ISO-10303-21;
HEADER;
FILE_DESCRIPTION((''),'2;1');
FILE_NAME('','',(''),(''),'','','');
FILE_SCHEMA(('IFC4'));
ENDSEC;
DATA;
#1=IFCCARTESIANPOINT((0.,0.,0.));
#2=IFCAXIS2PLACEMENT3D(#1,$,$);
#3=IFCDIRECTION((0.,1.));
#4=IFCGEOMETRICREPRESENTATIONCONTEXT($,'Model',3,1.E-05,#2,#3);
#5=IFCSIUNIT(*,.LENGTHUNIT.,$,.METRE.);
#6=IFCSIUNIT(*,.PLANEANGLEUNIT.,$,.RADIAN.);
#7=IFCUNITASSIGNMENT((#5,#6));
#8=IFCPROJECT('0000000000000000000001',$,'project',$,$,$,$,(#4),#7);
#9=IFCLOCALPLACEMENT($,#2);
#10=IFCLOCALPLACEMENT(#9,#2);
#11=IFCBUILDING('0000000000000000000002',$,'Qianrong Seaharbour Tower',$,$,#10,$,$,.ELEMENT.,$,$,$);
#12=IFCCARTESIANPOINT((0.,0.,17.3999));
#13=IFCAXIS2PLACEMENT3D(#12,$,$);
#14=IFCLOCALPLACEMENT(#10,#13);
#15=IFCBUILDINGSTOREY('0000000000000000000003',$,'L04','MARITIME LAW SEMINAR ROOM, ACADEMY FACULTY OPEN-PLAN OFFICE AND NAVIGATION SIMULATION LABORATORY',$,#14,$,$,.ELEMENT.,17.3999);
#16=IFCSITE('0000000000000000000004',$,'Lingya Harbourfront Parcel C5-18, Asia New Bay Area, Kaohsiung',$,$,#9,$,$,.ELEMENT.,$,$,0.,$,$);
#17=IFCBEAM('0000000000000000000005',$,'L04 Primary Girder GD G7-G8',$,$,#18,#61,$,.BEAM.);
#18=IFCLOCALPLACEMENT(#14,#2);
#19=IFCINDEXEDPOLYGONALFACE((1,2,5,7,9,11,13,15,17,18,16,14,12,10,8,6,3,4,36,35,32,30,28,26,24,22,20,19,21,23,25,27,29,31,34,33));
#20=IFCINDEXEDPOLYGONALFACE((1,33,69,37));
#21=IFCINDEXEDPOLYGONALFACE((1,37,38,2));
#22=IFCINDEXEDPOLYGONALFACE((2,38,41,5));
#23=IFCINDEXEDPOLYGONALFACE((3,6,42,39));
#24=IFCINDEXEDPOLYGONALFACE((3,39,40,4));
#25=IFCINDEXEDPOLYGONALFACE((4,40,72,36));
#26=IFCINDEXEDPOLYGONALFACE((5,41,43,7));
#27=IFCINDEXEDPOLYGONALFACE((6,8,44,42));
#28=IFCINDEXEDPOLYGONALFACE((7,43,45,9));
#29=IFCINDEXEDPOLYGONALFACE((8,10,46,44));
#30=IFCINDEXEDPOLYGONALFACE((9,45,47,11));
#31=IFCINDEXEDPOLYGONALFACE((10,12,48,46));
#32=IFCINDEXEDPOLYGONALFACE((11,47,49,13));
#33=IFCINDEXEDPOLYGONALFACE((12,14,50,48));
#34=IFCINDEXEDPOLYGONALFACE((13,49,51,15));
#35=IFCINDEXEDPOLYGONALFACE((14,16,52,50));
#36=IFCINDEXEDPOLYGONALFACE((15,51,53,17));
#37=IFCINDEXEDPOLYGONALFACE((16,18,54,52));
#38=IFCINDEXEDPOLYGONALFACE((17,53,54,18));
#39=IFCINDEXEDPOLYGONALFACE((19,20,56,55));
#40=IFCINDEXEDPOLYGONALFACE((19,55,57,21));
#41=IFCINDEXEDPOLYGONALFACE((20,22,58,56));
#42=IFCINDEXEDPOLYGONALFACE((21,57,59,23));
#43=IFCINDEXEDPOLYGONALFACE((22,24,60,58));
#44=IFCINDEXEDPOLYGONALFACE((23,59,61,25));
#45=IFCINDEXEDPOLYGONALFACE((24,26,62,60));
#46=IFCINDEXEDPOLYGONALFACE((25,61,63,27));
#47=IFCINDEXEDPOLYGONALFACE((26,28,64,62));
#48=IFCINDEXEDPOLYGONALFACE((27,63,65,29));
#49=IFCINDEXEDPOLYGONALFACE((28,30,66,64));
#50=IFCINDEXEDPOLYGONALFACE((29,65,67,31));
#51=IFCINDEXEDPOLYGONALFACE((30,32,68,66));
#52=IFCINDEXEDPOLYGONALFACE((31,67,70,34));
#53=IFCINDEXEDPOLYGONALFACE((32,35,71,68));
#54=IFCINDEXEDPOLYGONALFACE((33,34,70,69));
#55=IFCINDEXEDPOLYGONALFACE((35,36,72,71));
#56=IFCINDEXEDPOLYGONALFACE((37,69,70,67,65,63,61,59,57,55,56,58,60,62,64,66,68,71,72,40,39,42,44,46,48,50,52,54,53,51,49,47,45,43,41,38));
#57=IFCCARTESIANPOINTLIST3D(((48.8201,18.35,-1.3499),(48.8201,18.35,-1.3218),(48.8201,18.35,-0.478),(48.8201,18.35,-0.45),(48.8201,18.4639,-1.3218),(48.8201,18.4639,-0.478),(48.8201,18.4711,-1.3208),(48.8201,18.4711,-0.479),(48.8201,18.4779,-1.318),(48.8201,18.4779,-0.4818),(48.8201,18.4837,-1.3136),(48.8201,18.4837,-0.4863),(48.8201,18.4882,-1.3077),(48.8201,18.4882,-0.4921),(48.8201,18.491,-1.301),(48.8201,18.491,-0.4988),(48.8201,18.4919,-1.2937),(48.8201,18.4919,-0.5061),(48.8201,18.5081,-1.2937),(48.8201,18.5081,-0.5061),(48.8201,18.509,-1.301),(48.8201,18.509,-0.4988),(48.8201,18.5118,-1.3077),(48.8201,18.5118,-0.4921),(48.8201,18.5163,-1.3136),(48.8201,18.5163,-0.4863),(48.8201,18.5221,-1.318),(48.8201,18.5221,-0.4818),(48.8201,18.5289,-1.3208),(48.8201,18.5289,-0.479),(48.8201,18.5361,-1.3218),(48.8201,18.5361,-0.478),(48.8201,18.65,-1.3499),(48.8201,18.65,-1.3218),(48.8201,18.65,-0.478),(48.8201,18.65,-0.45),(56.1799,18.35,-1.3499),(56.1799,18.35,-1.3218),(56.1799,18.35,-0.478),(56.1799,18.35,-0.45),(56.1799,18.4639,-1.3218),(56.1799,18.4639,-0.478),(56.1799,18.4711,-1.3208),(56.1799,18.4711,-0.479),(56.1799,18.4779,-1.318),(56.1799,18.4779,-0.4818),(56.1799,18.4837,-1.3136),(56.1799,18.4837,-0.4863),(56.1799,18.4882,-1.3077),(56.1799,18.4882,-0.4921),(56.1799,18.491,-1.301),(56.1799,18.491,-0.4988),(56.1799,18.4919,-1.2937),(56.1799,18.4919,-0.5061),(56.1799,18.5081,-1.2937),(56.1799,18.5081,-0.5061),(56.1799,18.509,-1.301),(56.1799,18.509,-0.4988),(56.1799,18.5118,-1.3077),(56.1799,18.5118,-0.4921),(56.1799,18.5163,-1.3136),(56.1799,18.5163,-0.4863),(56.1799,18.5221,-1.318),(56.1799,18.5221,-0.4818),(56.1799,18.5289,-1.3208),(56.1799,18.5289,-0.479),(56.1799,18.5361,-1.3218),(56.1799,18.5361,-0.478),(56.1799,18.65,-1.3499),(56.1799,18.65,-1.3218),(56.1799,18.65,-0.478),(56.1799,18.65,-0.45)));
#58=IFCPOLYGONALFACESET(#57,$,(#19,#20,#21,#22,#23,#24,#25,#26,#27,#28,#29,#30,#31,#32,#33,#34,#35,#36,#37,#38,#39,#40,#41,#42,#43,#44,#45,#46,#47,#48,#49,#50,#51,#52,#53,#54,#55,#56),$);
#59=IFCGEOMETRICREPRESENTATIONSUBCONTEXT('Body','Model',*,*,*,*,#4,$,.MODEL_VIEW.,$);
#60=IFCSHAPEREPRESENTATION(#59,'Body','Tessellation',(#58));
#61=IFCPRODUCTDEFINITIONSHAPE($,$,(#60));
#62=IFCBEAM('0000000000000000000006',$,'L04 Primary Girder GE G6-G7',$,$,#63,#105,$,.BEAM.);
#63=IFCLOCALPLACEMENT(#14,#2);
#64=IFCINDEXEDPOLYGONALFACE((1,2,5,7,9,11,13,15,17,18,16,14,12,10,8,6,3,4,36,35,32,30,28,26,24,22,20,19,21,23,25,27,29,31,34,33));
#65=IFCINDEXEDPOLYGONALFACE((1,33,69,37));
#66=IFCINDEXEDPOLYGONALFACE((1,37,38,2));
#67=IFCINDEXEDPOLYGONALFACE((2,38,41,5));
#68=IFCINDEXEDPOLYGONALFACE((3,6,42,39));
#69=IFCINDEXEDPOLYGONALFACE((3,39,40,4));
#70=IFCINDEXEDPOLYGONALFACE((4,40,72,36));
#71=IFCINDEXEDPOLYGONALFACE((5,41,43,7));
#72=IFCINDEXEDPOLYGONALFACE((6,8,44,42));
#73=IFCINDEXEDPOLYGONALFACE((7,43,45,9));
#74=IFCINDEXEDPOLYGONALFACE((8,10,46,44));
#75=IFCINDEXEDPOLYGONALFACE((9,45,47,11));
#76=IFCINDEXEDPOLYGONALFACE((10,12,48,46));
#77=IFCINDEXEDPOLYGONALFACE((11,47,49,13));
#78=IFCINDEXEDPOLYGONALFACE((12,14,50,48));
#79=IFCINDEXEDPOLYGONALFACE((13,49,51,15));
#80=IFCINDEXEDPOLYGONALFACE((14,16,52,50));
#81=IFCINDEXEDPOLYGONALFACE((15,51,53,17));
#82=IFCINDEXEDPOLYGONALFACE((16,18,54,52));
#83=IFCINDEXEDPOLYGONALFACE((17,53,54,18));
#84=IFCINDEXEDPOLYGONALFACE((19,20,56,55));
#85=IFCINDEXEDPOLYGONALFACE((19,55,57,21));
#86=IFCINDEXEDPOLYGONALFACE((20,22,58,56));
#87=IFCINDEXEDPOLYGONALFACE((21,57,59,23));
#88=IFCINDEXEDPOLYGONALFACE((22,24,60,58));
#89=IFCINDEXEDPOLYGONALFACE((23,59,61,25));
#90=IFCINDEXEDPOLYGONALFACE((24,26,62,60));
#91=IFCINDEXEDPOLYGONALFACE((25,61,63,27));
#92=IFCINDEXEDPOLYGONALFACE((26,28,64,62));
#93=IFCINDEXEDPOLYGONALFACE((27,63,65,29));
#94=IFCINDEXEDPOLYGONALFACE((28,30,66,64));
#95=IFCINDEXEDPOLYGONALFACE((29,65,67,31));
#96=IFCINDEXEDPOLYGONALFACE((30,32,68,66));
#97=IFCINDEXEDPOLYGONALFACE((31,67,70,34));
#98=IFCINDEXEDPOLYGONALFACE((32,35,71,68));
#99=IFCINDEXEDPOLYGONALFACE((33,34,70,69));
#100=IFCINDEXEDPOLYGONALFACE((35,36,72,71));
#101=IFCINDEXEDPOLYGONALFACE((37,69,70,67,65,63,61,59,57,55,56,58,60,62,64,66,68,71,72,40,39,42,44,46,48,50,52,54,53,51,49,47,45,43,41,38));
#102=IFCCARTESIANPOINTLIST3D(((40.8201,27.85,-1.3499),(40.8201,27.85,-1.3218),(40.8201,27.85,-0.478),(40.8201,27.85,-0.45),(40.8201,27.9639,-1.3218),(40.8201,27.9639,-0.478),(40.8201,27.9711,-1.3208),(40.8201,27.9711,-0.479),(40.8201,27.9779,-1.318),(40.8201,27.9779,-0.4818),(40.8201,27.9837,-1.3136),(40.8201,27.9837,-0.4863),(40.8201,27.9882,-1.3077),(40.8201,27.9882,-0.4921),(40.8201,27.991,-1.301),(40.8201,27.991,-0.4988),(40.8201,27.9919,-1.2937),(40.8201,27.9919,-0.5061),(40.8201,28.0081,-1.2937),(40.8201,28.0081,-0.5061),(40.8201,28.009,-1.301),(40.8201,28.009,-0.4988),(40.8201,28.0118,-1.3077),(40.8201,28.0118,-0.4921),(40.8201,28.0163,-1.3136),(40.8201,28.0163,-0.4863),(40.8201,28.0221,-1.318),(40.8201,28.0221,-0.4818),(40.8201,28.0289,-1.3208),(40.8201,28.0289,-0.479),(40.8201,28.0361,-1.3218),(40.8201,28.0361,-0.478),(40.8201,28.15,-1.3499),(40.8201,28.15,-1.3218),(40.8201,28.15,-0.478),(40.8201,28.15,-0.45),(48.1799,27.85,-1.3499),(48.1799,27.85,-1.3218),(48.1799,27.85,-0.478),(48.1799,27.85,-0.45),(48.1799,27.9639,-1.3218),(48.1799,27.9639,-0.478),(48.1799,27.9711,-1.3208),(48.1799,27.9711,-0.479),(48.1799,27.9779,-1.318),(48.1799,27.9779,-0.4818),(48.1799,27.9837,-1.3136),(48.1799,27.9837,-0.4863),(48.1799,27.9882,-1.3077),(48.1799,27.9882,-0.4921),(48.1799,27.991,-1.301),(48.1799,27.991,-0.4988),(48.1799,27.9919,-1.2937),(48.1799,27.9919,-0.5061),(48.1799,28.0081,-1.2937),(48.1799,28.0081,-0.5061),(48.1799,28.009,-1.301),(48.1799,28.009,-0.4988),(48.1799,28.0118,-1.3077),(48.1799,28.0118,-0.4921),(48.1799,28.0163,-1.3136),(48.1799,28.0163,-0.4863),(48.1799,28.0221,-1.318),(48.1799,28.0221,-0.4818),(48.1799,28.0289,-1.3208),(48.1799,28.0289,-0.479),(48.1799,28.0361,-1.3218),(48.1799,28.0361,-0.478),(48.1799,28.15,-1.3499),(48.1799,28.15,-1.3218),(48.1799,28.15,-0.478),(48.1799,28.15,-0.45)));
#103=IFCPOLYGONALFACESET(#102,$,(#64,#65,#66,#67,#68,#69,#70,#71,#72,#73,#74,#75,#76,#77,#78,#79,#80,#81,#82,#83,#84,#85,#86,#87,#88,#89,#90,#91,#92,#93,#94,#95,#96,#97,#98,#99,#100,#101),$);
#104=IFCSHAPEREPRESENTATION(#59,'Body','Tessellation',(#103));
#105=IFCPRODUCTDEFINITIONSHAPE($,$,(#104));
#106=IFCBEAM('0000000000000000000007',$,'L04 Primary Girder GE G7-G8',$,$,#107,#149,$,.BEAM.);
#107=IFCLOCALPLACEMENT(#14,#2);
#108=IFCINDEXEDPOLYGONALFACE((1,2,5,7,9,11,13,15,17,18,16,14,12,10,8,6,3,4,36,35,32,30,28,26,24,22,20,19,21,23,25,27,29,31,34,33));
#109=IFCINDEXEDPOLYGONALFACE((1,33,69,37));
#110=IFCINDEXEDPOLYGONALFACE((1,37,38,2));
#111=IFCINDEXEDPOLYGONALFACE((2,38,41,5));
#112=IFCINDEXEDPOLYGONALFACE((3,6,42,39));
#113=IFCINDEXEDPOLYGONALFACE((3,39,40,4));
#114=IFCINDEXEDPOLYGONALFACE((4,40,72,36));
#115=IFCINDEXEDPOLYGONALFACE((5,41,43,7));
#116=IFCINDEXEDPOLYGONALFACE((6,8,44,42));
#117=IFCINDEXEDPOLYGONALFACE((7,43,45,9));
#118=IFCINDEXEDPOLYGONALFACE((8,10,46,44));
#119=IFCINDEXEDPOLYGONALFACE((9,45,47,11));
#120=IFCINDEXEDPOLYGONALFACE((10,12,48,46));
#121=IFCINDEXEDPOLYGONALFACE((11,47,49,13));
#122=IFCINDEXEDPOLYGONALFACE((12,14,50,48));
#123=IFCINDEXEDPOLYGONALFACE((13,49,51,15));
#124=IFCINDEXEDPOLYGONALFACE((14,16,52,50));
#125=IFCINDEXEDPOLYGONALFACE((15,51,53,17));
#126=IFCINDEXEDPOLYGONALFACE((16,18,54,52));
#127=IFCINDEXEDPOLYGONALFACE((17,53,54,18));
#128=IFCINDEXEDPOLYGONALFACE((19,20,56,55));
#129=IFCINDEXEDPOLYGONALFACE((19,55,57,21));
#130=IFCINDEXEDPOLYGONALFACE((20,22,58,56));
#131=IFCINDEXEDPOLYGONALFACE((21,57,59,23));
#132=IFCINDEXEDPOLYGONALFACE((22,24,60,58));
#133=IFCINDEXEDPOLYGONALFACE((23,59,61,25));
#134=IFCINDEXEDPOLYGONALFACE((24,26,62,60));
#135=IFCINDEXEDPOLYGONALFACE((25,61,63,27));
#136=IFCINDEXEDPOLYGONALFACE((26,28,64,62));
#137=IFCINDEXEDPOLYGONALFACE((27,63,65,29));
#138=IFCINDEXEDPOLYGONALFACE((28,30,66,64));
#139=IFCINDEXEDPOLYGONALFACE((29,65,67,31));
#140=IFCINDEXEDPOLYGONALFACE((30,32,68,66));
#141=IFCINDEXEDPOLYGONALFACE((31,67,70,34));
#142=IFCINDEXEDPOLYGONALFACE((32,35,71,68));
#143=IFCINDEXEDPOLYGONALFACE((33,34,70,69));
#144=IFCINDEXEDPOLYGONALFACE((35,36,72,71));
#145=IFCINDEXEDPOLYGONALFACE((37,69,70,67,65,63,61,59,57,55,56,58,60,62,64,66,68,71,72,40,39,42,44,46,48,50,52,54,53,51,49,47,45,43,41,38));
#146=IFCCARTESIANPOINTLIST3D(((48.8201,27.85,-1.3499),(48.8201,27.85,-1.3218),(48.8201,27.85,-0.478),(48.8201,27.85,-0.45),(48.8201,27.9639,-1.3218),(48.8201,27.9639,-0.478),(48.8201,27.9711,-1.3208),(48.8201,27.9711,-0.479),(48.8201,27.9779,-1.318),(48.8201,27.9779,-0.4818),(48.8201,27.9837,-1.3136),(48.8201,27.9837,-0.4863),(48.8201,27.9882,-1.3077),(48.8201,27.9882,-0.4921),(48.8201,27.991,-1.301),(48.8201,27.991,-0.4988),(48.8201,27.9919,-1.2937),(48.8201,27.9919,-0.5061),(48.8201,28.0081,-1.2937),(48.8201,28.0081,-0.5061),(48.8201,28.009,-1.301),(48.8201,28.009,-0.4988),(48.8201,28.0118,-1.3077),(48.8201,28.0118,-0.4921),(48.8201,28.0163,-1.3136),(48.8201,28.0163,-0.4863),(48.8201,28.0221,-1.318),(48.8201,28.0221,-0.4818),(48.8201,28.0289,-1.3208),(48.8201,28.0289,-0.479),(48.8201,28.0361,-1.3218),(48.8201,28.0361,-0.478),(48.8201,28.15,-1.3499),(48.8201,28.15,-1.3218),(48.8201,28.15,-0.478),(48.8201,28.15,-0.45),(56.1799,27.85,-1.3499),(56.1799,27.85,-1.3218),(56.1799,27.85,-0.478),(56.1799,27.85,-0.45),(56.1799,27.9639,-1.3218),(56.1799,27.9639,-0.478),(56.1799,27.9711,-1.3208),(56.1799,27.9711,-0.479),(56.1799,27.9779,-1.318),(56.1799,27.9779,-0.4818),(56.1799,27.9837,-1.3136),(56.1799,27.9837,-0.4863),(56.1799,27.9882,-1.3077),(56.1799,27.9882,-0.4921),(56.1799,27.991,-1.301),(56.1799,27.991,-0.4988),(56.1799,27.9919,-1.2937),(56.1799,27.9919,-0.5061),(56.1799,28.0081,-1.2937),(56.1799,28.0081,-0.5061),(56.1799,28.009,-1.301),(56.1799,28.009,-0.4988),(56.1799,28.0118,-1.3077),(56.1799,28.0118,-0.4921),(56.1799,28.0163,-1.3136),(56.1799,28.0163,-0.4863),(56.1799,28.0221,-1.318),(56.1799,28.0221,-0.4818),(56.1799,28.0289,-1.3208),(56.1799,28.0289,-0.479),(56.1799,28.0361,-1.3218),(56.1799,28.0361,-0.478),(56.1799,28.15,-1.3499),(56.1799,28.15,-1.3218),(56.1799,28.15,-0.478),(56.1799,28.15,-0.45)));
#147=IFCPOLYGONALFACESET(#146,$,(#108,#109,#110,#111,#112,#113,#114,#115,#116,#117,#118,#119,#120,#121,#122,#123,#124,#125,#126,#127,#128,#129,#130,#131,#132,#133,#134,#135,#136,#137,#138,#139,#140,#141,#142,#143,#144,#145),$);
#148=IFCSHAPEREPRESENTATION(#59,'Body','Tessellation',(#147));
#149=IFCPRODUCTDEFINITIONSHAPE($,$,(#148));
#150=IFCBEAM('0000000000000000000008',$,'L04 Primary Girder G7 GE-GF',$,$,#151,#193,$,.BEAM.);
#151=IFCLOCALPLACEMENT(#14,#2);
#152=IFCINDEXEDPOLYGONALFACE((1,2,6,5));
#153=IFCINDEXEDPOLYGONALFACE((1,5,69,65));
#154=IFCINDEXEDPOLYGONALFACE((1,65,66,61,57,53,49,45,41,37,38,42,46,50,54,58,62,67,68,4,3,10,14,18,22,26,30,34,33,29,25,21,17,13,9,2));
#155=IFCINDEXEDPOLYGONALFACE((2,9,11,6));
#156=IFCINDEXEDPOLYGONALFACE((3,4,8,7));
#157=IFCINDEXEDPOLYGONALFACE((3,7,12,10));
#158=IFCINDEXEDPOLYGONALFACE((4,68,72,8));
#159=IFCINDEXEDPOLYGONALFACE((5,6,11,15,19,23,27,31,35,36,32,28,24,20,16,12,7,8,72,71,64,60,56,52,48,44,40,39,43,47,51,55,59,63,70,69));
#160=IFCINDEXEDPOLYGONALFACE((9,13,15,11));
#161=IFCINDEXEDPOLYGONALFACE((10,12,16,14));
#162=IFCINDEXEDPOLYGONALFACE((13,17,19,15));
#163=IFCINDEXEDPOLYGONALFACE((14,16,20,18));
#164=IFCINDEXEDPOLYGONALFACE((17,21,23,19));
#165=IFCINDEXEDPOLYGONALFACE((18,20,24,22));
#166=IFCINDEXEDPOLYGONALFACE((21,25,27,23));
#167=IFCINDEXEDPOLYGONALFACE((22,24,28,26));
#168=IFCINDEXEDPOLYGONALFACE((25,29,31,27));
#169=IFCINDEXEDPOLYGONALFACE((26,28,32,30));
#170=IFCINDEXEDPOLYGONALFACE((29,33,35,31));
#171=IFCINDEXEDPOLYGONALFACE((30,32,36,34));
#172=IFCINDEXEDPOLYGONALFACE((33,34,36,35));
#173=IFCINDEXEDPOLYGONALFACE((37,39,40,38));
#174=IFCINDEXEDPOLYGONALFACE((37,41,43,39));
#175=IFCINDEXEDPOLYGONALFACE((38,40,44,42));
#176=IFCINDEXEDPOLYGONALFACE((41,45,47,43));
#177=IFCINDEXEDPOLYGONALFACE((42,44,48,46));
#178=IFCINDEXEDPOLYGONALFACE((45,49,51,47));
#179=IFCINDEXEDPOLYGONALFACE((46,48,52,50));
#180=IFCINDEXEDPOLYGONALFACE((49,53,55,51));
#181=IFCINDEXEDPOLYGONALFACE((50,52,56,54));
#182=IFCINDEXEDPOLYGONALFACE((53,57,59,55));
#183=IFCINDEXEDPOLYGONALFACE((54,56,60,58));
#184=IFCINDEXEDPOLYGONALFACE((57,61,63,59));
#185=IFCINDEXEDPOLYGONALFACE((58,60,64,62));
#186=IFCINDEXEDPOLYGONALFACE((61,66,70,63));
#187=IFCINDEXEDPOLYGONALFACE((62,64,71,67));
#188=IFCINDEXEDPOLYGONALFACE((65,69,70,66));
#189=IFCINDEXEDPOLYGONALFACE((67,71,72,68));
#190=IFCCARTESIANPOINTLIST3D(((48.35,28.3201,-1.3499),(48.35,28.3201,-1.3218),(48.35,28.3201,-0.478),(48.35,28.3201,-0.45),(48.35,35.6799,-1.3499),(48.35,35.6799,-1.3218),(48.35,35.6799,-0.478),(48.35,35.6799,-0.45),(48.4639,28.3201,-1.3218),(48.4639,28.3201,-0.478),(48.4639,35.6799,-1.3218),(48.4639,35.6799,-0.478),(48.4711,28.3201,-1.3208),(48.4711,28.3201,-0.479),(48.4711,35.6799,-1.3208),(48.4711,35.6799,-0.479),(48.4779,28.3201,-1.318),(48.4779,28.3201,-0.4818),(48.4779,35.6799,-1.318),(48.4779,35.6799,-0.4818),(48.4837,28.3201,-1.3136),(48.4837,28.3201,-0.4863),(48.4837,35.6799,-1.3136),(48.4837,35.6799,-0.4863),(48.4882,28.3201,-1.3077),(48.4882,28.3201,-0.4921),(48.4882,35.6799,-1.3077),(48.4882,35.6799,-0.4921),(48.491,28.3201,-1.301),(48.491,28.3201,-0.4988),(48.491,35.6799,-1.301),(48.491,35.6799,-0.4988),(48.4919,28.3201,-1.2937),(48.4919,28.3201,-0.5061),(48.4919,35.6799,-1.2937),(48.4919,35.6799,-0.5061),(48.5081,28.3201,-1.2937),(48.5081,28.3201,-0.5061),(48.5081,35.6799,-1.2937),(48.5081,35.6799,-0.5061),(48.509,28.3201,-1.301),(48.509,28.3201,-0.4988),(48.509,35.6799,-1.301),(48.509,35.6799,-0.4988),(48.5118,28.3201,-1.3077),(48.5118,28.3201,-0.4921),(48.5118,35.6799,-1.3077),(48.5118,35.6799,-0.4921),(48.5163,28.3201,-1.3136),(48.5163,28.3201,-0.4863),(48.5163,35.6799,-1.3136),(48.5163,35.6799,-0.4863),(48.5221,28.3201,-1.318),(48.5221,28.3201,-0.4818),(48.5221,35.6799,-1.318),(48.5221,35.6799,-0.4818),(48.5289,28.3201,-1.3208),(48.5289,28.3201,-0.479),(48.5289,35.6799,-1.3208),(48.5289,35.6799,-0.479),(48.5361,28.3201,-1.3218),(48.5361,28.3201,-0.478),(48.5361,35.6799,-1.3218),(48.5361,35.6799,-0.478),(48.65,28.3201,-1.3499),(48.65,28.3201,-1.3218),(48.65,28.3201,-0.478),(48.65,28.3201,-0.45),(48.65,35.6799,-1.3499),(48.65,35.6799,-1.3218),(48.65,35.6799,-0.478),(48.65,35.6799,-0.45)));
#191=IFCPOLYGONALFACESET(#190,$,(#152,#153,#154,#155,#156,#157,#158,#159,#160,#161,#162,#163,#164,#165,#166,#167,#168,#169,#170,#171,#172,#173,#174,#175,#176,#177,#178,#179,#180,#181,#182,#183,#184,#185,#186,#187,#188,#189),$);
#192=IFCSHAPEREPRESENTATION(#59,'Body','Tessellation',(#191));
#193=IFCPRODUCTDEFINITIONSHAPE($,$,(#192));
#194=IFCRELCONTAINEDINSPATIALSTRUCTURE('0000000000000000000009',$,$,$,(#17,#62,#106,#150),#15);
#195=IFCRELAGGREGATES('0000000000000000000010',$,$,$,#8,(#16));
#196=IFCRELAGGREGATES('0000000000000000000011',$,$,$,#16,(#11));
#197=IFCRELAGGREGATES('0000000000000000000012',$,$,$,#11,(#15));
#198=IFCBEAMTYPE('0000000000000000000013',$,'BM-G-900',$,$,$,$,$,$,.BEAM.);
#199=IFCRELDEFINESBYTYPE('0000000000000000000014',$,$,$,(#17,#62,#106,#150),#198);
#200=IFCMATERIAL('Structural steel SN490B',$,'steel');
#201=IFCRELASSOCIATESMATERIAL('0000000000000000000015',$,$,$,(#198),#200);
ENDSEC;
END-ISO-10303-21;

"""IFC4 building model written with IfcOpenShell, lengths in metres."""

from ifc_helpers import new_model, si_unit, direction, frame, origin, origin_2d, place, context, subcontext, project, spatial, i_section, extrude, material, material_profile, profile_set, type_object, element, save


model = new_model("IFC4")

# Units and contexts
model_context = context("Model", 3, precision=1e-05, world=origin(), true_north=direction((0.0, 1.0)))
body_context = subcontext(model_context, "Body", "Model", "MODEL_VIEW")
ifc_project = project(units=[si_unit("LENGTHUNIT", "METRE"), si_unit("PLANEANGLEUNIT", "RADIAN")], contexts=[model_context])

# Site, building, storey
site_placement = place(None, origin())
site = spatial("IfcSite", under=ifc_project, at=site_placement, Name="Lingya Harbourfront Parcel C5-18, Asia New Bay Area, Kaohsiung", CompositionType="ELEMENT", RefElevation=0.0)
building_placement = place(site_placement, origin())
building = spatial("IfcBuilding", under=site, at=building_placement, Name="Qianrong Seaharbour Tower", CompositionType="ELEMENT")
storey_placement = place(building_placement, frame((0.0, 0.0, 17.3999)))
storey = spatial("IfcBuildingStorey", under=building, at=storey_placement, Name="L04", Description="MARITIME LAW SEMINAR ROOM, ACADEMY FACULTY OPEN-PLAN OFFICE AND NAVIGATION SIMULATION LABORATORY", CompositionType="ELEMENT", Elevation=17.3999)

# Beams
ifc_material_1 = material(Name="Structural steel SN490B", Category="steel")
ifc_material_profile_1 = material_profile(ifc_material_1, i_section(OverallWidth=0.3, OverallDepth=0.8999, WebThickness=0.0161, FlangeThickness=0.0281, FilletRadius=0.0281, at=origin_2d()), Name="H900x300x16x28")
ifc_profile_set_1 = profile_set([ifc_material_profile_1], Name="Structural steel SN490B")
beam_type_1 = type_object("IfcBeamType", Name="BM-G-900", PredefinedType="BEAM", material=ifc_profile_set_1)
for number, where, z_axis, x_axis, name in (
    (1, (48.8201, 18.5, -0.8999), (1.0, 0.0, 0.0), (0.0, 1.0, 0.0), "L04 Primary Girder GD G7-G8"),
    (2, (40.8201, 28.0, -0.8999), (1.0, 0.0, 0.0), (0.0, 1.0, 0.0), "L04 Primary Girder GE G6-G7"),
    (3, (48.8201, 28.0, -0.8999), (1.0, 0.0, 0.0), (0.0, 1.0, 0.0), "L04 Primary Girder GE G7-G8"),
    (4, (48.5, 28.3201, -0.8999), (0.0, 1.0, 0.0), (-1.0, 0.0, 0.0), "L04 Primary Girder G7 GE-GF"),
):
    element("IfcBeam", number, at=place(storey_placement, frame(where, z_axis=z_axis, x_axis=x_axis)), inside=storey, type_object=beam_type_1, Name=name, PredefinedType="BEAM", context=body_context, shape_type="SweptSolid", body=[
        extrude(i_section(OverallWidth=0.3, OverallDepth=0.8999, WebThickness=0.0161, FlangeThickness=0.0281, FilletRadius=0.0281, at=origin_2d()), origin(), (0.0, 0.0, 1.0), 7.3599),
    ])

save(model, "model.ifc")
